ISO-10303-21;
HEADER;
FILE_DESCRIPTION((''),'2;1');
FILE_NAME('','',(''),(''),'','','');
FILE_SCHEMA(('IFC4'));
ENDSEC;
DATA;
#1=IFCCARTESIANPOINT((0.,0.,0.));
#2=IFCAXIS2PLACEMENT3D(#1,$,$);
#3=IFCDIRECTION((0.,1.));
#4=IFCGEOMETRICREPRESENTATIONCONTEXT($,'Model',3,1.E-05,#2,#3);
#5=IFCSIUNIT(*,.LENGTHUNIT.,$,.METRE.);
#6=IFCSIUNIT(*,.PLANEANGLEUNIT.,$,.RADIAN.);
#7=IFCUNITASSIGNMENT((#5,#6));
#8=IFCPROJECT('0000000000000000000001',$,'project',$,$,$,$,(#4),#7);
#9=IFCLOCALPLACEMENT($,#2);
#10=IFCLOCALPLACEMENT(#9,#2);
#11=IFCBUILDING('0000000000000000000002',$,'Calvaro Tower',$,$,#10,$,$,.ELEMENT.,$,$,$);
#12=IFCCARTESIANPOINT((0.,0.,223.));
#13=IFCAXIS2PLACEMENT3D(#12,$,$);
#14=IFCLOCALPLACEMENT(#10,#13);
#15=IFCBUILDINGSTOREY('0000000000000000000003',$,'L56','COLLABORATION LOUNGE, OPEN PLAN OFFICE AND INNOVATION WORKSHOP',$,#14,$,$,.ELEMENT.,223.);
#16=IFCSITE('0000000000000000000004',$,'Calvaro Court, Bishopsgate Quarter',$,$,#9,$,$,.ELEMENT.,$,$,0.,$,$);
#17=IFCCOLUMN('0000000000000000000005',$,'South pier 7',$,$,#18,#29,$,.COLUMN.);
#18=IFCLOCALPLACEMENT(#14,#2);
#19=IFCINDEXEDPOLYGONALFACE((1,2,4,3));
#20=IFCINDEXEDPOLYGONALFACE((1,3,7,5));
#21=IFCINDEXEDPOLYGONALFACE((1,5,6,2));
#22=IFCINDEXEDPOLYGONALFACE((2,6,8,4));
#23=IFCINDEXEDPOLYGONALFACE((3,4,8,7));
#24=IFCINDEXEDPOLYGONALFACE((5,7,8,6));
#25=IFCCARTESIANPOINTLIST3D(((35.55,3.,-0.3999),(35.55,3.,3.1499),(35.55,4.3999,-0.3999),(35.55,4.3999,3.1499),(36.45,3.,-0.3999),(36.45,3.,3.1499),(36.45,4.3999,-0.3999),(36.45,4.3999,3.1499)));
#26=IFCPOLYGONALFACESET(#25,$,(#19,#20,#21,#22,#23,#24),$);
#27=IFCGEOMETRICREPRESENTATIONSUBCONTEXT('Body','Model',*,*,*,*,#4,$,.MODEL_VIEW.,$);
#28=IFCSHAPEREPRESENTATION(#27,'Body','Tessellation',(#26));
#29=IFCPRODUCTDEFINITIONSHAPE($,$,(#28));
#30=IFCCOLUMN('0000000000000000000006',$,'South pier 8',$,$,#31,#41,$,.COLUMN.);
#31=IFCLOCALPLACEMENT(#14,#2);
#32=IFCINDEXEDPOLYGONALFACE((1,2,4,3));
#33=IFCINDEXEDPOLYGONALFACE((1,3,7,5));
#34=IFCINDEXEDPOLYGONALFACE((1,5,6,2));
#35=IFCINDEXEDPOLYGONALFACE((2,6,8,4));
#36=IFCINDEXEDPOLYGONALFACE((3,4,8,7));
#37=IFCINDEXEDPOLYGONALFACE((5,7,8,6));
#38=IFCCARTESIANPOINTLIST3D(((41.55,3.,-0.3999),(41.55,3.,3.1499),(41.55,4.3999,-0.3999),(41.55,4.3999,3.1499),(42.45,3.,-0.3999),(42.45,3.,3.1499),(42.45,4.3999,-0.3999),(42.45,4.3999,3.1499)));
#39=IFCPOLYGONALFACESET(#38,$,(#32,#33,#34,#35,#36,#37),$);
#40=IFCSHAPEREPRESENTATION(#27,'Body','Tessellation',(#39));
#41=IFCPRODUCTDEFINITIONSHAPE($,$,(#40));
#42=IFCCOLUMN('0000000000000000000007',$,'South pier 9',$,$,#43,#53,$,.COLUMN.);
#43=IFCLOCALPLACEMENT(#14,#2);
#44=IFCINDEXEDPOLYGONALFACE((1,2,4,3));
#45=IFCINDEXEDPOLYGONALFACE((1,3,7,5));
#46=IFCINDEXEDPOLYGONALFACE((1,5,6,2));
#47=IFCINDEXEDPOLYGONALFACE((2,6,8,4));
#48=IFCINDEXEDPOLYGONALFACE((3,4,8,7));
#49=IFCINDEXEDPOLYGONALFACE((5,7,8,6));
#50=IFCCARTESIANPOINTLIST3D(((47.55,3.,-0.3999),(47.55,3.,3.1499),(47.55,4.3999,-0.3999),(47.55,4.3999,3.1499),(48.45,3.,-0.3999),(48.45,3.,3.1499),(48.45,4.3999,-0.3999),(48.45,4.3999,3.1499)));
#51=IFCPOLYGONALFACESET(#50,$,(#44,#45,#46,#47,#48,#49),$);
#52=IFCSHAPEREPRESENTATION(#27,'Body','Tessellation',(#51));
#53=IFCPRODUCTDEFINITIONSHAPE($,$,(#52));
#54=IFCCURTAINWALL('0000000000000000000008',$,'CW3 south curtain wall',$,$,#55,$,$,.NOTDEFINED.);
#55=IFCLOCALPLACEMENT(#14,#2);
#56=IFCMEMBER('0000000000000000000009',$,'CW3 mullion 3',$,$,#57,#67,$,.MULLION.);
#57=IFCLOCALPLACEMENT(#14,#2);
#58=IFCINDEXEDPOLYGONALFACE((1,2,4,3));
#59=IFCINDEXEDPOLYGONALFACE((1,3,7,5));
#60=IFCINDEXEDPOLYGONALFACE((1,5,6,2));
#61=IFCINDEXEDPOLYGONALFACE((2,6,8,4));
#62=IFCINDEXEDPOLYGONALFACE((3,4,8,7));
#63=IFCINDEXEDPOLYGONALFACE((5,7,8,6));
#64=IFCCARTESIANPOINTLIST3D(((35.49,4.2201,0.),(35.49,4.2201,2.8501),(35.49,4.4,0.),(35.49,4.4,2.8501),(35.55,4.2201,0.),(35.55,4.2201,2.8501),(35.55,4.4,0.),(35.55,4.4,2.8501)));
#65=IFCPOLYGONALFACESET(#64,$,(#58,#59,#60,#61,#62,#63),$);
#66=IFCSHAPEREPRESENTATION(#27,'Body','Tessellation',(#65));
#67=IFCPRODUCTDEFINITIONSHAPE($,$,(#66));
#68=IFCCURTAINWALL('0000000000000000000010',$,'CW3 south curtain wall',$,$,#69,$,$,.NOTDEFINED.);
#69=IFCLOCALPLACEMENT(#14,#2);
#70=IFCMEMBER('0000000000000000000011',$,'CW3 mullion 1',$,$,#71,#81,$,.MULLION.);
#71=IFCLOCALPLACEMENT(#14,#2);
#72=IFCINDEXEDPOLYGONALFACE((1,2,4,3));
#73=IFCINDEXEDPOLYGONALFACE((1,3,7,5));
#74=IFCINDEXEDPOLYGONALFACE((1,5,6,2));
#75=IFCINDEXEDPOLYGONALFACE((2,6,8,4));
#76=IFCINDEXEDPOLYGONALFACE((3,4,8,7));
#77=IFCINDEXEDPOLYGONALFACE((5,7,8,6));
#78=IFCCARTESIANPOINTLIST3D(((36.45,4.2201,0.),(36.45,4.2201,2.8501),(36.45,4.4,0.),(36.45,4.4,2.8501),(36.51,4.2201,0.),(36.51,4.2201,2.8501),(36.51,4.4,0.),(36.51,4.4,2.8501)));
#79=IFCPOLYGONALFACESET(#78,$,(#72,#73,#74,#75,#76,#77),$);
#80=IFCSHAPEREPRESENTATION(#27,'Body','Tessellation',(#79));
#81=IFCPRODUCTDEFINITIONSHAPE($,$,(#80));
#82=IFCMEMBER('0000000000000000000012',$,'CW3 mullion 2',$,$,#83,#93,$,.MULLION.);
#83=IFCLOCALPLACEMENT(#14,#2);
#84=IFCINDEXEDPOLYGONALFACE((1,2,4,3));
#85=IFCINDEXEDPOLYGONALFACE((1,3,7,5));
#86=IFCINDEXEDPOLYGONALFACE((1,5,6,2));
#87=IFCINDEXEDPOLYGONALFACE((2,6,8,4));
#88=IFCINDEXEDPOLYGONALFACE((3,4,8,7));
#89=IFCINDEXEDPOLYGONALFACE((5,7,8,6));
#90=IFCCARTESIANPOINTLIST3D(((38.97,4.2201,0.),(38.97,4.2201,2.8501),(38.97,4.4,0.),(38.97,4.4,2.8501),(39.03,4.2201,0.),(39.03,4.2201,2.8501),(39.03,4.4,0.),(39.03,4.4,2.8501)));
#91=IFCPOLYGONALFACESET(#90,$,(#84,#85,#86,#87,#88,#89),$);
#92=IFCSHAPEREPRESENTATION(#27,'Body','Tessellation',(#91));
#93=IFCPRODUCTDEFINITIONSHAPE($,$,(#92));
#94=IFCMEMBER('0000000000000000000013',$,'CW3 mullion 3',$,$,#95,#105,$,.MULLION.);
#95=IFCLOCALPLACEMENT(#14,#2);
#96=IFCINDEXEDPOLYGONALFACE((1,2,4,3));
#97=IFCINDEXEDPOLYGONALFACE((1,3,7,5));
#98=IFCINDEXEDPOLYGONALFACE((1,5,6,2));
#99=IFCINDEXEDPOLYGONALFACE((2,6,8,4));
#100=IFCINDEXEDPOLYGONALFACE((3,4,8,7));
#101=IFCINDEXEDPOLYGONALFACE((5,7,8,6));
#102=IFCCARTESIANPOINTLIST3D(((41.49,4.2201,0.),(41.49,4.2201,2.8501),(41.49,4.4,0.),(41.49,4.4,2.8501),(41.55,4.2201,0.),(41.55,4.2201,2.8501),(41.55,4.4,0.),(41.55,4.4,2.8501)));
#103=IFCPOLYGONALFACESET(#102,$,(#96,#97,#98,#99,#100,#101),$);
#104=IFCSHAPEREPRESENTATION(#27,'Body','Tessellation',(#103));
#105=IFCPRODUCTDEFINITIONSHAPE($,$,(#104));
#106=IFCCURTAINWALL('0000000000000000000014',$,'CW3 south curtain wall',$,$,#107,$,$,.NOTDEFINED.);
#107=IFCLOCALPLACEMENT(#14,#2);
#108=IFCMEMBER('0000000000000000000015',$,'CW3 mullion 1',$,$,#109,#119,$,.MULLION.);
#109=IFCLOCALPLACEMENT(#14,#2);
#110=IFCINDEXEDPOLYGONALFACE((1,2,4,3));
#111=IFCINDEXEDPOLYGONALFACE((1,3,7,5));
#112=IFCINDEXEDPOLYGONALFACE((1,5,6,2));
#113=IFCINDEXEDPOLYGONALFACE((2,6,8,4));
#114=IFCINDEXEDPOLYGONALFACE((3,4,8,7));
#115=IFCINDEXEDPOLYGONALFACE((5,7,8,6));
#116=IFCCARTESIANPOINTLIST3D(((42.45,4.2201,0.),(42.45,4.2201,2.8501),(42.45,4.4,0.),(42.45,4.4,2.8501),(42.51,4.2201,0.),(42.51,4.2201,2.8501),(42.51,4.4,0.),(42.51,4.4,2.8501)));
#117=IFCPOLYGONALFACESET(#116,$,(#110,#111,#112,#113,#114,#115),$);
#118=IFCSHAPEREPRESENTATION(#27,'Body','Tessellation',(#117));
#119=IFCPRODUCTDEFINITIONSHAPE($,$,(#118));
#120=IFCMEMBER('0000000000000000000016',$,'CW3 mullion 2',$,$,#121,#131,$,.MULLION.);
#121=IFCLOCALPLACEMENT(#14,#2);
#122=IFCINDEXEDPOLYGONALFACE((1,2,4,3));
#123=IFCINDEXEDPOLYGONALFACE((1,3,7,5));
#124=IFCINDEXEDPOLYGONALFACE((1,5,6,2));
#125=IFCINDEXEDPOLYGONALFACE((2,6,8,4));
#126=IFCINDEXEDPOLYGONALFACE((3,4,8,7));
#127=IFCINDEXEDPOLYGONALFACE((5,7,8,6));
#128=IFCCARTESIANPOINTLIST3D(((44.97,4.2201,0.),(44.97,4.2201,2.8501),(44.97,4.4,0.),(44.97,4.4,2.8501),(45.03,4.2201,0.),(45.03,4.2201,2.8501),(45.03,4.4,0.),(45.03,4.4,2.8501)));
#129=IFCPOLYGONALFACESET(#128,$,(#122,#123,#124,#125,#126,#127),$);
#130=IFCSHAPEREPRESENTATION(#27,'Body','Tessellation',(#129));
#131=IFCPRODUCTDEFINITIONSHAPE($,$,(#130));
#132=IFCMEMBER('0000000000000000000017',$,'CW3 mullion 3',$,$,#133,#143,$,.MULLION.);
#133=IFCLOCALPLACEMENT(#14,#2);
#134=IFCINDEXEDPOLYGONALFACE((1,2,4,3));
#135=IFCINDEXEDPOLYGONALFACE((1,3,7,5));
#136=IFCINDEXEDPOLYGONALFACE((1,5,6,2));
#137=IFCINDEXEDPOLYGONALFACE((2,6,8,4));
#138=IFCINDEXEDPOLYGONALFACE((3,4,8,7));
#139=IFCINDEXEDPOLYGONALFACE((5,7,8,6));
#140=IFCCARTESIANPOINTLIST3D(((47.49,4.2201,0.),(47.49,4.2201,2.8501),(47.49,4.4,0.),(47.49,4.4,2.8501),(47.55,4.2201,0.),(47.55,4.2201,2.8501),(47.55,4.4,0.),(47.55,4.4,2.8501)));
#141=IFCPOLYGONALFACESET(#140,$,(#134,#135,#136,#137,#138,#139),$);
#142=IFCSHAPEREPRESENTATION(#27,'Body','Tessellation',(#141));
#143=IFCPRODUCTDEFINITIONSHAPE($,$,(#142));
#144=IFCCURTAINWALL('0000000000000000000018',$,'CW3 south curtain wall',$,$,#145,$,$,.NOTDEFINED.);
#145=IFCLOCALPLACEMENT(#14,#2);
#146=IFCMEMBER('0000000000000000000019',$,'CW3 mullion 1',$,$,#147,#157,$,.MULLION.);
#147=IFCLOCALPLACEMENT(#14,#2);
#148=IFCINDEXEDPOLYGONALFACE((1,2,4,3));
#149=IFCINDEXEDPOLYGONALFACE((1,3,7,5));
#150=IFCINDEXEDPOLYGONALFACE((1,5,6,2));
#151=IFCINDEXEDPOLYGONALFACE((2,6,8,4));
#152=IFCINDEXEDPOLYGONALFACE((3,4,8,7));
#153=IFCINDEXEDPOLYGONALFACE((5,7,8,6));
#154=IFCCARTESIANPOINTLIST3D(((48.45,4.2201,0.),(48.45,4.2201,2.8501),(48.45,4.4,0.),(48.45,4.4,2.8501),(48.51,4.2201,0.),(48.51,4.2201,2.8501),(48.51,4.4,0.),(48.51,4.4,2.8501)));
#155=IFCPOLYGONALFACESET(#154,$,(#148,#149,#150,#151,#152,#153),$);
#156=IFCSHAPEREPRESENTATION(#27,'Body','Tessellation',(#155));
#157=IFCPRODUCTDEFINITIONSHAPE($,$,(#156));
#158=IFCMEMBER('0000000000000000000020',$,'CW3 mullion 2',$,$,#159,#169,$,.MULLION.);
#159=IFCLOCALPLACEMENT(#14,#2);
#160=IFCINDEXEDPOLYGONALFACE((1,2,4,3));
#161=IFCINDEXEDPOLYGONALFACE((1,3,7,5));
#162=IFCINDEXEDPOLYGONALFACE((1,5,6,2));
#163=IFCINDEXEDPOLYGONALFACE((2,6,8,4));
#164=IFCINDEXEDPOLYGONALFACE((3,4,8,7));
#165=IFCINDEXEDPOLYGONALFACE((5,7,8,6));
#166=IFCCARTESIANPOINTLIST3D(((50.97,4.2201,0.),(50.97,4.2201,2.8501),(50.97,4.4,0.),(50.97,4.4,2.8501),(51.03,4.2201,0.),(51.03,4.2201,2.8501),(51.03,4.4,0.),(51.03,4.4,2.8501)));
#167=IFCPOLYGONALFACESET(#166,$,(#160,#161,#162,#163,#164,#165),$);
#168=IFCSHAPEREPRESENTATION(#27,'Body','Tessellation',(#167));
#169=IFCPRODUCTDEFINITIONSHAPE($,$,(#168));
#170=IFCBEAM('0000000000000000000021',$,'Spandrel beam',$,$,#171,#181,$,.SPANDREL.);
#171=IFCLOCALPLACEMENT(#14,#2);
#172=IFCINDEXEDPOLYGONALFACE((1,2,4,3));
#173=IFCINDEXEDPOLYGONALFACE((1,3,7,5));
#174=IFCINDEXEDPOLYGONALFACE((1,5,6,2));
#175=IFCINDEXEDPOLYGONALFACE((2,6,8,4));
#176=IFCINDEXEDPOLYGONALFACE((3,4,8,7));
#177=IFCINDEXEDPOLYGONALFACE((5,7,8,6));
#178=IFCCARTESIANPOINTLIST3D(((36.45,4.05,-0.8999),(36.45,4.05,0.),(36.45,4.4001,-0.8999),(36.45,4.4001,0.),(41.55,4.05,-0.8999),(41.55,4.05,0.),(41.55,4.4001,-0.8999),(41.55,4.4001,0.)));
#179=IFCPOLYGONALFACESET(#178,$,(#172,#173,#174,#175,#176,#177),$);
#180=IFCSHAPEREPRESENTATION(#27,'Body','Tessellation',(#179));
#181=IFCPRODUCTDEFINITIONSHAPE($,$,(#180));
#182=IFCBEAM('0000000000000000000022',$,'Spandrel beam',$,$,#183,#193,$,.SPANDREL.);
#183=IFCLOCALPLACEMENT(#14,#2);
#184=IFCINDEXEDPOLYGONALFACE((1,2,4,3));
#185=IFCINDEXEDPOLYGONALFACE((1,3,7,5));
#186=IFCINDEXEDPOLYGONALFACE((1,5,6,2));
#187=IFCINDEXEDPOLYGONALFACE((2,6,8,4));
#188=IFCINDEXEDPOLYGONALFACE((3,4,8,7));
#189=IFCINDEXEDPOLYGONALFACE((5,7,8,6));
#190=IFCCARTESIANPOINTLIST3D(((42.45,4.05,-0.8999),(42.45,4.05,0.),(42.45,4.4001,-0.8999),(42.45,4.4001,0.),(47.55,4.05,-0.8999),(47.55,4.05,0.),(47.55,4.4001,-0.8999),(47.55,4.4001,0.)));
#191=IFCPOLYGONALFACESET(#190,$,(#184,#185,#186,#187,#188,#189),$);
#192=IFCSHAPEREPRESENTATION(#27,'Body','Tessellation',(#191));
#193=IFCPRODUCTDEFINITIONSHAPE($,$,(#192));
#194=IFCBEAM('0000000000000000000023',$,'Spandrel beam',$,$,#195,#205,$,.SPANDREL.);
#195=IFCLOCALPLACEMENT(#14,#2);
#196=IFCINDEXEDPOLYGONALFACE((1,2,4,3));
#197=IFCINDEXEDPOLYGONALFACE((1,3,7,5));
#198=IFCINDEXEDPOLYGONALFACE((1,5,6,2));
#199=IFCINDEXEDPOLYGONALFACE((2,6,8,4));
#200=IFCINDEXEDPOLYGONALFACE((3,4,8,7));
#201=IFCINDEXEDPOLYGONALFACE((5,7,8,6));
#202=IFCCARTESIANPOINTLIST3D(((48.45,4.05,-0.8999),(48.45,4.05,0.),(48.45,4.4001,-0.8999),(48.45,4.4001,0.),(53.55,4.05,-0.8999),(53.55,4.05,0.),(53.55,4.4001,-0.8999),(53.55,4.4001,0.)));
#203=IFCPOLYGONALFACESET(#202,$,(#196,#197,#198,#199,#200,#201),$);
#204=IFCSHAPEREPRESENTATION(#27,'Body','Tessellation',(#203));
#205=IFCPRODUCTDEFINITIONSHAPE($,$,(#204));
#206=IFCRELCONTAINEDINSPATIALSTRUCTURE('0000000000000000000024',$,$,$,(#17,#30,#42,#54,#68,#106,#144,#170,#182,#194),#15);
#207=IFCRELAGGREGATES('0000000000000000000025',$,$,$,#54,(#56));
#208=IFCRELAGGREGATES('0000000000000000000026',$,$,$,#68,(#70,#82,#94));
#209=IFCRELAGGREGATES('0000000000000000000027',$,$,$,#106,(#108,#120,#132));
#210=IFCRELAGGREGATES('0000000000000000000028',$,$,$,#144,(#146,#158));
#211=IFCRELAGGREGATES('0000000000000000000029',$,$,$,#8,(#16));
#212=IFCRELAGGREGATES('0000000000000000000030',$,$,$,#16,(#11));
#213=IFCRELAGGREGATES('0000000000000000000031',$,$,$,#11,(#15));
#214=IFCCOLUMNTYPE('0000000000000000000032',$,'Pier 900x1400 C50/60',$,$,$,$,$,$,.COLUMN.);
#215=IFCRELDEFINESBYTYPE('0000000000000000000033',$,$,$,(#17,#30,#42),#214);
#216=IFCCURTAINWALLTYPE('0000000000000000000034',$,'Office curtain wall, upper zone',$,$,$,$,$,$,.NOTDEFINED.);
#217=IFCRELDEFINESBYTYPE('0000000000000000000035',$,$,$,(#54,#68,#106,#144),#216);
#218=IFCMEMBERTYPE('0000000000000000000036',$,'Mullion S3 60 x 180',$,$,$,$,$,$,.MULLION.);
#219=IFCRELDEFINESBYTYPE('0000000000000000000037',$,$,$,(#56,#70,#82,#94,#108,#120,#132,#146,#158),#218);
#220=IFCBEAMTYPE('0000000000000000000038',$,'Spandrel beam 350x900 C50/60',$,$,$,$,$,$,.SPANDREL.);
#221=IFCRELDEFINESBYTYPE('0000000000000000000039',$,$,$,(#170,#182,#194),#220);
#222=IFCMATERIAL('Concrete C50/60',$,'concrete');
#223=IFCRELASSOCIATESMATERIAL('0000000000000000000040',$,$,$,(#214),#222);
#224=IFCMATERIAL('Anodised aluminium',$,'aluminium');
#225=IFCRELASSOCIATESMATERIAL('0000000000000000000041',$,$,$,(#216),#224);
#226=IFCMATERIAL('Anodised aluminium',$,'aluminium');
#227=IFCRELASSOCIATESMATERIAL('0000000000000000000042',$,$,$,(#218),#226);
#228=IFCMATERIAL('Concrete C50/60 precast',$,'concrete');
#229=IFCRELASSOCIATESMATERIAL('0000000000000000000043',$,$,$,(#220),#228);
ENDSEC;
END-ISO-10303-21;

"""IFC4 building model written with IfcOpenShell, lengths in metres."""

from ifc_helpers import new_model, si_unit, direction, frame, origin, origin_2d, place, context, subcontext, project, spatial, rectangle, extrude, material, material_profile, profile_set, type_object, element, aggregate, save


model = new_model("IFC4")

# Units and contexts
model_context = context("Model", 3, precision=1e-05, world=origin(), true_north=direction((0.0, 1.0)))
body_context = subcontext(model_context, "Body", "Model", "MODEL_VIEW")
ifc_project = project(units=[si_unit("LENGTHUNIT", "METRE"), si_unit("PLANEANGLEUNIT", "RADIAN")], contexts=[model_context])

# Site, building, storey
site_placement = place(None, origin())
site = spatial("IfcSite", under=ifc_project, at=site_placement, Name="Calvaro Court, Bishopsgate Quarter", CompositionType="ELEMENT", RefElevation=0.0)
building_placement = place(site_placement, origin())
building = spatial("IfcBuilding", under=site, at=building_placement, Name="Calvaro Tower", CompositionType="ELEMENT")
storey_placement = place(building_placement, frame((0.0, 0.0, 223.0)))
storey = spatial("IfcBuildingStorey", under=building, at=storey_placement, Name="L56", Description="COLLABORATION LOUNGE, OPEN PLAN OFFICE AND INNOVATION WORKSHOP", CompositionType="ELEMENT", Elevation=223.0)

# Columns
ifc_material_1 = material(Name="Concrete C50/60", Category="concrete")
ifc_material_profile_1 = material_profile(ifc_material_1, rectangle(XDim=0.8999, YDim=1.3999, at=origin_2d()), Name="RC 900x1400")
ifc_profile_set_1 = profile_set([ifc_material_profile_1], Name="Concrete C50/60")
column_type = type_object("IfcColumnType", Name="Pier 900x1400 C50/60", PredefinedType="COLUMN", material=ifc_profile_set_1)
for number, where, z_axis, x_axis, name in (
    (1, (36.0, 3.7, -0.3999), (0.0, 0.0, 1.0), (1.0, 0.0, 0.0), "South pier 7"),
    (2, (42.0, 3.7, -0.3999), (0.0, 0.0, 1.0), (1.0, 0.0, 0.0), "South pier 8"),
    (3, (48.0, 3.7, -0.3999), (0.0, 0.0, 1.0), (1.0, 0.0, 0.0), "South pier 9"),
):
    element("IfcColumn", number, at=place(storey_placement, frame(where, z_axis=z_axis, x_axis=x_axis)), inside=storey, type_object=column_type, Name=name, PredefinedType="COLUMN", context=body_context, shape_type="SweptSolid", body=[
        extrude(rectangle(XDim=0.8999, YDim=1.3999, at=origin_2d()), origin(), (0.0, 0.0, 1.0), 3.5498),
    ])

# Curtain wall, member
ifc_material_2 = material(Name="Anodised aluminium", Category="aluminium")
curtain_wall_type = type_object("IfcCurtainWallType", Name="Office curtain wall, upper zone", PredefinedType="NOTDEFINED", material=ifc_material_2)
curtain_wall_1_placement = place(storey_placement, origin())
curtain_wall_1 = element("IfcCurtainWall", 4, at=curtain_wall_1_placement, inside=storey, type_object=curtain_wall_type, Name="CW3 south curtain wall", PredefinedType="NOTDEFINED")
ifc_material_3 = material(Name="Anodised aluminium", Category="aluminium")
ifc_material_profile_2 = material_profile(ifc_material_3, rectangle(XDim=0.1799, YDim=0.0601, at=origin_2d()), Name="Mullion S3 60 x 180")
ifc_profile_set_2 = profile_set([ifc_material_profile_2], Name="Anodised aluminium")
member_type_1 = type_object("IfcMemberType", Name="Mullion S3 60 x 180", PredefinedType="MULLION", material=ifc_profile_set_2)
member_1_placement = place(storey_placement, frame((35.52, 4.3101, 0.0), z_axis=(0.0, 0.0, 1.0), x_axis=(0.0, 1.0, 0.0)))
member_1 = element("IfcMember", 5, at=member_1_placement, type_object=member_type_1, Name="CW3 mullion 3", PredefinedType="MULLION", context=body_context, shape_type="SweptSolid", body=[
    extrude(rectangle(XDim=0.1799, YDim=0.0601, at=origin_2d()), origin(), (0.0, 0.0, 1.0), 2.8501),
])
aggregate(curtain_wall_1, [member_1])

# Curtain walls, members
curtain_wall_2_placement = place(storey_placement, origin())
curtain_wall_2 = element("IfcCurtainWall", 6, at=curtain_wall_2_placement, inside=storey, type_object=curtain_wall_type, Name="CW3 south curtain wall", PredefinedType="NOTDEFINED")
member_2_placement = place(storey_placement, frame((36.48, 4.3101, 0.0), z_axis=(0.0, 0.0, 1.0), x_axis=(0.0, 1.0, 0.0)))
member_2 = element("IfcMember", 7, at=member_2_placement, type_object=member_type_1, Name="CW3 mullion 1", PredefinedType="MULLION", context=body_context, shape_type="SweptSolid", body=[
    extrude(rectangle(XDim=0.1799, YDim=0.0601, at=origin_2d()), origin(), (0.0, 0.0, 1.0), 2.8501),
])
member_3_placement = place(storey_placement, frame((39.0, 4.3101, 0.0), z_axis=(0.0, 0.0, 1.0), x_axis=(0.0, 1.0, 0.0)))
member_3 = element("IfcMember", 8, at=member_3_placement, type_object=member_type_1, Name="CW3 mullion 2", PredefinedType="MULLION", context=body_context, shape_type="SweptSolid", body=[
    extrude(rectangle(XDim=0.1799, YDim=0.0601, at=origin_2d()), origin(), (0.0, 0.0, 1.0), 2.8501),
])
member_4_placement = place(storey_placement, frame((41.52, 4.3101, 0.0), z_axis=(0.0, 0.0, 1.0), x_axis=(0.0, 1.0, 0.0)))
member_4 = element("IfcMember", 9, at=member_4_placement, type_object=member_type_1, Name="CW3 mullion 3", PredefinedType="MULLION", context=body_context, shape_type="SweptSolid", body=[
    extrude(rectangle(XDim=0.1799, YDim=0.0601, at=origin_2d()), origin(), (0.0, 0.0, 1.0), 2.8501),
])
curtain_wall_3_placement = place(storey_placement, origin())
curtain_wall_3 = element("IfcCurtainWall", 10, at=curtain_wall_3_placement, inside=storey, type_object=curtain_wall_type, Name="CW3 south curtain wall", PredefinedType="NOTDEFINED")
member_5_placement = place(storey_placement, frame((42.48, 4.3101, 0.0), z_axis=(0.0, 0.0, 1.0), x_axis=(0.0, 1.0, 0.0)))
member_5 = element("IfcMember", 11, at=member_5_placement, type_object=member_type_1, Name="CW3 mullion 1", PredefinedType="MULLION", context=body_context, shape_type="SweptSolid", body=[
    extrude(rectangle(XDim=0.1799, YDim=0.0601, at=origin_2d()), origin(), (0.0, 0.0, 1.0), 2.8501),
])
member_6_placement = place(storey_placement, frame((45.0, 4.3101, 0.0), z_axis=(0.0, 0.0, 1.0), x_axis=(0.0, 1.0, 0.0)))
member_6 = element("IfcMember", 12, at=member_6_placement, type_object=member_type_1, Name="CW3 mullion 2", PredefinedType="MULLION", context=body_context, shape_type="SweptSolid", body=[
    extrude(rectangle(XDim=0.1799, YDim=0.0601, at=origin_2d()), origin(), (0.0, 0.0, 1.0), 2.8501),
])
member_7_placement = place(storey_placement, frame((47.52, 4.3101, 0.0), z_axis=(0.0, 0.0, 1.0), x_axis=(0.0, 1.0, 0.0)))
member_7 = element("IfcMember", 13, at=member_7_placement, type_object=member_type_1, Name="CW3 mullion 3", PredefinedType="MULLION", context=body_context, shape_type="SweptSolid", body=[
    extrude(rectangle(XDim=0.1799, YDim=0.0601, at=origin_2d()), origin(), (0.0, 0.0, 1.0), 2.8501),
])
curtain_wall_4_placement = place(storey_placement, origin())
curtain_wall_4 = element("IfcCurtainWall", 14, at=curtain_wall_4_placement, inside=storey, type_object=curtain_wall_type, Name="CW3 south curtain wall", PredefinedType="NOTDEFINED")
member_8_placement = place(storey_placement, frame((48.48, 4.3101, 0.0), z_axis=(0.0, 0.0, 1.0), x_axis=(0.0, 1.0, 0.0)))
member_8 = element("IfcMember", 15, at=member_8_placement, type_object=member_type_1, Name="CW3 mullion 1", PredefinedType="MULLION", context=body_context, shape_type="SweptSolid", body=[
    extrude(rectangle(XDim=0.1799, YDim=0.0601, at=origin_2d()), origin(), (0.0, 0.0, 1.0), 2.8501),
])
member_9_placement = place(storey_placement, frame((51.0, 4.3101, 0.0), z_axis=(0.0, 0.0, 1.0), x_axis=(0.0, 1.0, 0.0)))
member_9 = element("IfcMember", 16, at=member_9_placement, type_object=member_type_1, Name="CW3 mullion 2", PredefinedType="MULLION", context=body_context, shape_type="SweptSolid", body=[
    extrude(rectangle(XDim=0.1799, YDim=0.0601, at=origin_2d()), origin(), (0.0, 0.0, 1.0), 2.8501),
])

# Beams
ifc_material_4 = material(Name="Concrete C50/60 precast", Category="concrete")
ifc_material_profile_3 = material_profile(ifc_material_4, rectangle(XDim=0.3501, YDim=0.8999, at=origin_2d()), Name="RC 350x900")
ifc_profile_set_3 = profile_set([ifc_material_profile_3], Name="Concrete C50/60 precast")
beam_type = type_object("IfcBeamType", Name="Spandrel beam 350x900 C50/60", PredefinedType="SPANDREL", material=ifc_profile_set_3)
for number, where, z_axis, x_axis, name in (
    (17, (36.45, 4.2251, -0.45), (1.0, 0.0, 0.0), (0.0, 1.0, 0.0), "Spandrel beam"),
    (18, (42.45, 4.2251, -0.45), (1.0, 0.0, 0.0), (0.0, 1.0, 0.0), "Spandrel beam"),
    (19, (48.45, 4.2251, -0.45), (1.0, 0.0, 0.0), (0.0, 1.0, 0.0), "Spandrel beam"),
):
    element("IfcBeam", number, at=place(storey_placement, frame(where, z_axis=z_axis, x_axis=x_axis)), inside=storey, type_object=beam_type, Name=name, PredefinedType="SPANDREL", context=body_context, shape_type="SweptSolid", body=[
        extrude(rectangle(XDim=0.3501, YDim=0.8999, at=origin_2d()), origin(), (0.0, 0.0, 1.0), 5.1001),
    ])

aggregate(curtain_wall_2, [member_2, member_3, member_4])
aggregate(curtain_wall_3, [member_5, member_6, member_7])
aggregate(curtain_wall_4, [member_8, member_9])

save(model, "model.ifc")
